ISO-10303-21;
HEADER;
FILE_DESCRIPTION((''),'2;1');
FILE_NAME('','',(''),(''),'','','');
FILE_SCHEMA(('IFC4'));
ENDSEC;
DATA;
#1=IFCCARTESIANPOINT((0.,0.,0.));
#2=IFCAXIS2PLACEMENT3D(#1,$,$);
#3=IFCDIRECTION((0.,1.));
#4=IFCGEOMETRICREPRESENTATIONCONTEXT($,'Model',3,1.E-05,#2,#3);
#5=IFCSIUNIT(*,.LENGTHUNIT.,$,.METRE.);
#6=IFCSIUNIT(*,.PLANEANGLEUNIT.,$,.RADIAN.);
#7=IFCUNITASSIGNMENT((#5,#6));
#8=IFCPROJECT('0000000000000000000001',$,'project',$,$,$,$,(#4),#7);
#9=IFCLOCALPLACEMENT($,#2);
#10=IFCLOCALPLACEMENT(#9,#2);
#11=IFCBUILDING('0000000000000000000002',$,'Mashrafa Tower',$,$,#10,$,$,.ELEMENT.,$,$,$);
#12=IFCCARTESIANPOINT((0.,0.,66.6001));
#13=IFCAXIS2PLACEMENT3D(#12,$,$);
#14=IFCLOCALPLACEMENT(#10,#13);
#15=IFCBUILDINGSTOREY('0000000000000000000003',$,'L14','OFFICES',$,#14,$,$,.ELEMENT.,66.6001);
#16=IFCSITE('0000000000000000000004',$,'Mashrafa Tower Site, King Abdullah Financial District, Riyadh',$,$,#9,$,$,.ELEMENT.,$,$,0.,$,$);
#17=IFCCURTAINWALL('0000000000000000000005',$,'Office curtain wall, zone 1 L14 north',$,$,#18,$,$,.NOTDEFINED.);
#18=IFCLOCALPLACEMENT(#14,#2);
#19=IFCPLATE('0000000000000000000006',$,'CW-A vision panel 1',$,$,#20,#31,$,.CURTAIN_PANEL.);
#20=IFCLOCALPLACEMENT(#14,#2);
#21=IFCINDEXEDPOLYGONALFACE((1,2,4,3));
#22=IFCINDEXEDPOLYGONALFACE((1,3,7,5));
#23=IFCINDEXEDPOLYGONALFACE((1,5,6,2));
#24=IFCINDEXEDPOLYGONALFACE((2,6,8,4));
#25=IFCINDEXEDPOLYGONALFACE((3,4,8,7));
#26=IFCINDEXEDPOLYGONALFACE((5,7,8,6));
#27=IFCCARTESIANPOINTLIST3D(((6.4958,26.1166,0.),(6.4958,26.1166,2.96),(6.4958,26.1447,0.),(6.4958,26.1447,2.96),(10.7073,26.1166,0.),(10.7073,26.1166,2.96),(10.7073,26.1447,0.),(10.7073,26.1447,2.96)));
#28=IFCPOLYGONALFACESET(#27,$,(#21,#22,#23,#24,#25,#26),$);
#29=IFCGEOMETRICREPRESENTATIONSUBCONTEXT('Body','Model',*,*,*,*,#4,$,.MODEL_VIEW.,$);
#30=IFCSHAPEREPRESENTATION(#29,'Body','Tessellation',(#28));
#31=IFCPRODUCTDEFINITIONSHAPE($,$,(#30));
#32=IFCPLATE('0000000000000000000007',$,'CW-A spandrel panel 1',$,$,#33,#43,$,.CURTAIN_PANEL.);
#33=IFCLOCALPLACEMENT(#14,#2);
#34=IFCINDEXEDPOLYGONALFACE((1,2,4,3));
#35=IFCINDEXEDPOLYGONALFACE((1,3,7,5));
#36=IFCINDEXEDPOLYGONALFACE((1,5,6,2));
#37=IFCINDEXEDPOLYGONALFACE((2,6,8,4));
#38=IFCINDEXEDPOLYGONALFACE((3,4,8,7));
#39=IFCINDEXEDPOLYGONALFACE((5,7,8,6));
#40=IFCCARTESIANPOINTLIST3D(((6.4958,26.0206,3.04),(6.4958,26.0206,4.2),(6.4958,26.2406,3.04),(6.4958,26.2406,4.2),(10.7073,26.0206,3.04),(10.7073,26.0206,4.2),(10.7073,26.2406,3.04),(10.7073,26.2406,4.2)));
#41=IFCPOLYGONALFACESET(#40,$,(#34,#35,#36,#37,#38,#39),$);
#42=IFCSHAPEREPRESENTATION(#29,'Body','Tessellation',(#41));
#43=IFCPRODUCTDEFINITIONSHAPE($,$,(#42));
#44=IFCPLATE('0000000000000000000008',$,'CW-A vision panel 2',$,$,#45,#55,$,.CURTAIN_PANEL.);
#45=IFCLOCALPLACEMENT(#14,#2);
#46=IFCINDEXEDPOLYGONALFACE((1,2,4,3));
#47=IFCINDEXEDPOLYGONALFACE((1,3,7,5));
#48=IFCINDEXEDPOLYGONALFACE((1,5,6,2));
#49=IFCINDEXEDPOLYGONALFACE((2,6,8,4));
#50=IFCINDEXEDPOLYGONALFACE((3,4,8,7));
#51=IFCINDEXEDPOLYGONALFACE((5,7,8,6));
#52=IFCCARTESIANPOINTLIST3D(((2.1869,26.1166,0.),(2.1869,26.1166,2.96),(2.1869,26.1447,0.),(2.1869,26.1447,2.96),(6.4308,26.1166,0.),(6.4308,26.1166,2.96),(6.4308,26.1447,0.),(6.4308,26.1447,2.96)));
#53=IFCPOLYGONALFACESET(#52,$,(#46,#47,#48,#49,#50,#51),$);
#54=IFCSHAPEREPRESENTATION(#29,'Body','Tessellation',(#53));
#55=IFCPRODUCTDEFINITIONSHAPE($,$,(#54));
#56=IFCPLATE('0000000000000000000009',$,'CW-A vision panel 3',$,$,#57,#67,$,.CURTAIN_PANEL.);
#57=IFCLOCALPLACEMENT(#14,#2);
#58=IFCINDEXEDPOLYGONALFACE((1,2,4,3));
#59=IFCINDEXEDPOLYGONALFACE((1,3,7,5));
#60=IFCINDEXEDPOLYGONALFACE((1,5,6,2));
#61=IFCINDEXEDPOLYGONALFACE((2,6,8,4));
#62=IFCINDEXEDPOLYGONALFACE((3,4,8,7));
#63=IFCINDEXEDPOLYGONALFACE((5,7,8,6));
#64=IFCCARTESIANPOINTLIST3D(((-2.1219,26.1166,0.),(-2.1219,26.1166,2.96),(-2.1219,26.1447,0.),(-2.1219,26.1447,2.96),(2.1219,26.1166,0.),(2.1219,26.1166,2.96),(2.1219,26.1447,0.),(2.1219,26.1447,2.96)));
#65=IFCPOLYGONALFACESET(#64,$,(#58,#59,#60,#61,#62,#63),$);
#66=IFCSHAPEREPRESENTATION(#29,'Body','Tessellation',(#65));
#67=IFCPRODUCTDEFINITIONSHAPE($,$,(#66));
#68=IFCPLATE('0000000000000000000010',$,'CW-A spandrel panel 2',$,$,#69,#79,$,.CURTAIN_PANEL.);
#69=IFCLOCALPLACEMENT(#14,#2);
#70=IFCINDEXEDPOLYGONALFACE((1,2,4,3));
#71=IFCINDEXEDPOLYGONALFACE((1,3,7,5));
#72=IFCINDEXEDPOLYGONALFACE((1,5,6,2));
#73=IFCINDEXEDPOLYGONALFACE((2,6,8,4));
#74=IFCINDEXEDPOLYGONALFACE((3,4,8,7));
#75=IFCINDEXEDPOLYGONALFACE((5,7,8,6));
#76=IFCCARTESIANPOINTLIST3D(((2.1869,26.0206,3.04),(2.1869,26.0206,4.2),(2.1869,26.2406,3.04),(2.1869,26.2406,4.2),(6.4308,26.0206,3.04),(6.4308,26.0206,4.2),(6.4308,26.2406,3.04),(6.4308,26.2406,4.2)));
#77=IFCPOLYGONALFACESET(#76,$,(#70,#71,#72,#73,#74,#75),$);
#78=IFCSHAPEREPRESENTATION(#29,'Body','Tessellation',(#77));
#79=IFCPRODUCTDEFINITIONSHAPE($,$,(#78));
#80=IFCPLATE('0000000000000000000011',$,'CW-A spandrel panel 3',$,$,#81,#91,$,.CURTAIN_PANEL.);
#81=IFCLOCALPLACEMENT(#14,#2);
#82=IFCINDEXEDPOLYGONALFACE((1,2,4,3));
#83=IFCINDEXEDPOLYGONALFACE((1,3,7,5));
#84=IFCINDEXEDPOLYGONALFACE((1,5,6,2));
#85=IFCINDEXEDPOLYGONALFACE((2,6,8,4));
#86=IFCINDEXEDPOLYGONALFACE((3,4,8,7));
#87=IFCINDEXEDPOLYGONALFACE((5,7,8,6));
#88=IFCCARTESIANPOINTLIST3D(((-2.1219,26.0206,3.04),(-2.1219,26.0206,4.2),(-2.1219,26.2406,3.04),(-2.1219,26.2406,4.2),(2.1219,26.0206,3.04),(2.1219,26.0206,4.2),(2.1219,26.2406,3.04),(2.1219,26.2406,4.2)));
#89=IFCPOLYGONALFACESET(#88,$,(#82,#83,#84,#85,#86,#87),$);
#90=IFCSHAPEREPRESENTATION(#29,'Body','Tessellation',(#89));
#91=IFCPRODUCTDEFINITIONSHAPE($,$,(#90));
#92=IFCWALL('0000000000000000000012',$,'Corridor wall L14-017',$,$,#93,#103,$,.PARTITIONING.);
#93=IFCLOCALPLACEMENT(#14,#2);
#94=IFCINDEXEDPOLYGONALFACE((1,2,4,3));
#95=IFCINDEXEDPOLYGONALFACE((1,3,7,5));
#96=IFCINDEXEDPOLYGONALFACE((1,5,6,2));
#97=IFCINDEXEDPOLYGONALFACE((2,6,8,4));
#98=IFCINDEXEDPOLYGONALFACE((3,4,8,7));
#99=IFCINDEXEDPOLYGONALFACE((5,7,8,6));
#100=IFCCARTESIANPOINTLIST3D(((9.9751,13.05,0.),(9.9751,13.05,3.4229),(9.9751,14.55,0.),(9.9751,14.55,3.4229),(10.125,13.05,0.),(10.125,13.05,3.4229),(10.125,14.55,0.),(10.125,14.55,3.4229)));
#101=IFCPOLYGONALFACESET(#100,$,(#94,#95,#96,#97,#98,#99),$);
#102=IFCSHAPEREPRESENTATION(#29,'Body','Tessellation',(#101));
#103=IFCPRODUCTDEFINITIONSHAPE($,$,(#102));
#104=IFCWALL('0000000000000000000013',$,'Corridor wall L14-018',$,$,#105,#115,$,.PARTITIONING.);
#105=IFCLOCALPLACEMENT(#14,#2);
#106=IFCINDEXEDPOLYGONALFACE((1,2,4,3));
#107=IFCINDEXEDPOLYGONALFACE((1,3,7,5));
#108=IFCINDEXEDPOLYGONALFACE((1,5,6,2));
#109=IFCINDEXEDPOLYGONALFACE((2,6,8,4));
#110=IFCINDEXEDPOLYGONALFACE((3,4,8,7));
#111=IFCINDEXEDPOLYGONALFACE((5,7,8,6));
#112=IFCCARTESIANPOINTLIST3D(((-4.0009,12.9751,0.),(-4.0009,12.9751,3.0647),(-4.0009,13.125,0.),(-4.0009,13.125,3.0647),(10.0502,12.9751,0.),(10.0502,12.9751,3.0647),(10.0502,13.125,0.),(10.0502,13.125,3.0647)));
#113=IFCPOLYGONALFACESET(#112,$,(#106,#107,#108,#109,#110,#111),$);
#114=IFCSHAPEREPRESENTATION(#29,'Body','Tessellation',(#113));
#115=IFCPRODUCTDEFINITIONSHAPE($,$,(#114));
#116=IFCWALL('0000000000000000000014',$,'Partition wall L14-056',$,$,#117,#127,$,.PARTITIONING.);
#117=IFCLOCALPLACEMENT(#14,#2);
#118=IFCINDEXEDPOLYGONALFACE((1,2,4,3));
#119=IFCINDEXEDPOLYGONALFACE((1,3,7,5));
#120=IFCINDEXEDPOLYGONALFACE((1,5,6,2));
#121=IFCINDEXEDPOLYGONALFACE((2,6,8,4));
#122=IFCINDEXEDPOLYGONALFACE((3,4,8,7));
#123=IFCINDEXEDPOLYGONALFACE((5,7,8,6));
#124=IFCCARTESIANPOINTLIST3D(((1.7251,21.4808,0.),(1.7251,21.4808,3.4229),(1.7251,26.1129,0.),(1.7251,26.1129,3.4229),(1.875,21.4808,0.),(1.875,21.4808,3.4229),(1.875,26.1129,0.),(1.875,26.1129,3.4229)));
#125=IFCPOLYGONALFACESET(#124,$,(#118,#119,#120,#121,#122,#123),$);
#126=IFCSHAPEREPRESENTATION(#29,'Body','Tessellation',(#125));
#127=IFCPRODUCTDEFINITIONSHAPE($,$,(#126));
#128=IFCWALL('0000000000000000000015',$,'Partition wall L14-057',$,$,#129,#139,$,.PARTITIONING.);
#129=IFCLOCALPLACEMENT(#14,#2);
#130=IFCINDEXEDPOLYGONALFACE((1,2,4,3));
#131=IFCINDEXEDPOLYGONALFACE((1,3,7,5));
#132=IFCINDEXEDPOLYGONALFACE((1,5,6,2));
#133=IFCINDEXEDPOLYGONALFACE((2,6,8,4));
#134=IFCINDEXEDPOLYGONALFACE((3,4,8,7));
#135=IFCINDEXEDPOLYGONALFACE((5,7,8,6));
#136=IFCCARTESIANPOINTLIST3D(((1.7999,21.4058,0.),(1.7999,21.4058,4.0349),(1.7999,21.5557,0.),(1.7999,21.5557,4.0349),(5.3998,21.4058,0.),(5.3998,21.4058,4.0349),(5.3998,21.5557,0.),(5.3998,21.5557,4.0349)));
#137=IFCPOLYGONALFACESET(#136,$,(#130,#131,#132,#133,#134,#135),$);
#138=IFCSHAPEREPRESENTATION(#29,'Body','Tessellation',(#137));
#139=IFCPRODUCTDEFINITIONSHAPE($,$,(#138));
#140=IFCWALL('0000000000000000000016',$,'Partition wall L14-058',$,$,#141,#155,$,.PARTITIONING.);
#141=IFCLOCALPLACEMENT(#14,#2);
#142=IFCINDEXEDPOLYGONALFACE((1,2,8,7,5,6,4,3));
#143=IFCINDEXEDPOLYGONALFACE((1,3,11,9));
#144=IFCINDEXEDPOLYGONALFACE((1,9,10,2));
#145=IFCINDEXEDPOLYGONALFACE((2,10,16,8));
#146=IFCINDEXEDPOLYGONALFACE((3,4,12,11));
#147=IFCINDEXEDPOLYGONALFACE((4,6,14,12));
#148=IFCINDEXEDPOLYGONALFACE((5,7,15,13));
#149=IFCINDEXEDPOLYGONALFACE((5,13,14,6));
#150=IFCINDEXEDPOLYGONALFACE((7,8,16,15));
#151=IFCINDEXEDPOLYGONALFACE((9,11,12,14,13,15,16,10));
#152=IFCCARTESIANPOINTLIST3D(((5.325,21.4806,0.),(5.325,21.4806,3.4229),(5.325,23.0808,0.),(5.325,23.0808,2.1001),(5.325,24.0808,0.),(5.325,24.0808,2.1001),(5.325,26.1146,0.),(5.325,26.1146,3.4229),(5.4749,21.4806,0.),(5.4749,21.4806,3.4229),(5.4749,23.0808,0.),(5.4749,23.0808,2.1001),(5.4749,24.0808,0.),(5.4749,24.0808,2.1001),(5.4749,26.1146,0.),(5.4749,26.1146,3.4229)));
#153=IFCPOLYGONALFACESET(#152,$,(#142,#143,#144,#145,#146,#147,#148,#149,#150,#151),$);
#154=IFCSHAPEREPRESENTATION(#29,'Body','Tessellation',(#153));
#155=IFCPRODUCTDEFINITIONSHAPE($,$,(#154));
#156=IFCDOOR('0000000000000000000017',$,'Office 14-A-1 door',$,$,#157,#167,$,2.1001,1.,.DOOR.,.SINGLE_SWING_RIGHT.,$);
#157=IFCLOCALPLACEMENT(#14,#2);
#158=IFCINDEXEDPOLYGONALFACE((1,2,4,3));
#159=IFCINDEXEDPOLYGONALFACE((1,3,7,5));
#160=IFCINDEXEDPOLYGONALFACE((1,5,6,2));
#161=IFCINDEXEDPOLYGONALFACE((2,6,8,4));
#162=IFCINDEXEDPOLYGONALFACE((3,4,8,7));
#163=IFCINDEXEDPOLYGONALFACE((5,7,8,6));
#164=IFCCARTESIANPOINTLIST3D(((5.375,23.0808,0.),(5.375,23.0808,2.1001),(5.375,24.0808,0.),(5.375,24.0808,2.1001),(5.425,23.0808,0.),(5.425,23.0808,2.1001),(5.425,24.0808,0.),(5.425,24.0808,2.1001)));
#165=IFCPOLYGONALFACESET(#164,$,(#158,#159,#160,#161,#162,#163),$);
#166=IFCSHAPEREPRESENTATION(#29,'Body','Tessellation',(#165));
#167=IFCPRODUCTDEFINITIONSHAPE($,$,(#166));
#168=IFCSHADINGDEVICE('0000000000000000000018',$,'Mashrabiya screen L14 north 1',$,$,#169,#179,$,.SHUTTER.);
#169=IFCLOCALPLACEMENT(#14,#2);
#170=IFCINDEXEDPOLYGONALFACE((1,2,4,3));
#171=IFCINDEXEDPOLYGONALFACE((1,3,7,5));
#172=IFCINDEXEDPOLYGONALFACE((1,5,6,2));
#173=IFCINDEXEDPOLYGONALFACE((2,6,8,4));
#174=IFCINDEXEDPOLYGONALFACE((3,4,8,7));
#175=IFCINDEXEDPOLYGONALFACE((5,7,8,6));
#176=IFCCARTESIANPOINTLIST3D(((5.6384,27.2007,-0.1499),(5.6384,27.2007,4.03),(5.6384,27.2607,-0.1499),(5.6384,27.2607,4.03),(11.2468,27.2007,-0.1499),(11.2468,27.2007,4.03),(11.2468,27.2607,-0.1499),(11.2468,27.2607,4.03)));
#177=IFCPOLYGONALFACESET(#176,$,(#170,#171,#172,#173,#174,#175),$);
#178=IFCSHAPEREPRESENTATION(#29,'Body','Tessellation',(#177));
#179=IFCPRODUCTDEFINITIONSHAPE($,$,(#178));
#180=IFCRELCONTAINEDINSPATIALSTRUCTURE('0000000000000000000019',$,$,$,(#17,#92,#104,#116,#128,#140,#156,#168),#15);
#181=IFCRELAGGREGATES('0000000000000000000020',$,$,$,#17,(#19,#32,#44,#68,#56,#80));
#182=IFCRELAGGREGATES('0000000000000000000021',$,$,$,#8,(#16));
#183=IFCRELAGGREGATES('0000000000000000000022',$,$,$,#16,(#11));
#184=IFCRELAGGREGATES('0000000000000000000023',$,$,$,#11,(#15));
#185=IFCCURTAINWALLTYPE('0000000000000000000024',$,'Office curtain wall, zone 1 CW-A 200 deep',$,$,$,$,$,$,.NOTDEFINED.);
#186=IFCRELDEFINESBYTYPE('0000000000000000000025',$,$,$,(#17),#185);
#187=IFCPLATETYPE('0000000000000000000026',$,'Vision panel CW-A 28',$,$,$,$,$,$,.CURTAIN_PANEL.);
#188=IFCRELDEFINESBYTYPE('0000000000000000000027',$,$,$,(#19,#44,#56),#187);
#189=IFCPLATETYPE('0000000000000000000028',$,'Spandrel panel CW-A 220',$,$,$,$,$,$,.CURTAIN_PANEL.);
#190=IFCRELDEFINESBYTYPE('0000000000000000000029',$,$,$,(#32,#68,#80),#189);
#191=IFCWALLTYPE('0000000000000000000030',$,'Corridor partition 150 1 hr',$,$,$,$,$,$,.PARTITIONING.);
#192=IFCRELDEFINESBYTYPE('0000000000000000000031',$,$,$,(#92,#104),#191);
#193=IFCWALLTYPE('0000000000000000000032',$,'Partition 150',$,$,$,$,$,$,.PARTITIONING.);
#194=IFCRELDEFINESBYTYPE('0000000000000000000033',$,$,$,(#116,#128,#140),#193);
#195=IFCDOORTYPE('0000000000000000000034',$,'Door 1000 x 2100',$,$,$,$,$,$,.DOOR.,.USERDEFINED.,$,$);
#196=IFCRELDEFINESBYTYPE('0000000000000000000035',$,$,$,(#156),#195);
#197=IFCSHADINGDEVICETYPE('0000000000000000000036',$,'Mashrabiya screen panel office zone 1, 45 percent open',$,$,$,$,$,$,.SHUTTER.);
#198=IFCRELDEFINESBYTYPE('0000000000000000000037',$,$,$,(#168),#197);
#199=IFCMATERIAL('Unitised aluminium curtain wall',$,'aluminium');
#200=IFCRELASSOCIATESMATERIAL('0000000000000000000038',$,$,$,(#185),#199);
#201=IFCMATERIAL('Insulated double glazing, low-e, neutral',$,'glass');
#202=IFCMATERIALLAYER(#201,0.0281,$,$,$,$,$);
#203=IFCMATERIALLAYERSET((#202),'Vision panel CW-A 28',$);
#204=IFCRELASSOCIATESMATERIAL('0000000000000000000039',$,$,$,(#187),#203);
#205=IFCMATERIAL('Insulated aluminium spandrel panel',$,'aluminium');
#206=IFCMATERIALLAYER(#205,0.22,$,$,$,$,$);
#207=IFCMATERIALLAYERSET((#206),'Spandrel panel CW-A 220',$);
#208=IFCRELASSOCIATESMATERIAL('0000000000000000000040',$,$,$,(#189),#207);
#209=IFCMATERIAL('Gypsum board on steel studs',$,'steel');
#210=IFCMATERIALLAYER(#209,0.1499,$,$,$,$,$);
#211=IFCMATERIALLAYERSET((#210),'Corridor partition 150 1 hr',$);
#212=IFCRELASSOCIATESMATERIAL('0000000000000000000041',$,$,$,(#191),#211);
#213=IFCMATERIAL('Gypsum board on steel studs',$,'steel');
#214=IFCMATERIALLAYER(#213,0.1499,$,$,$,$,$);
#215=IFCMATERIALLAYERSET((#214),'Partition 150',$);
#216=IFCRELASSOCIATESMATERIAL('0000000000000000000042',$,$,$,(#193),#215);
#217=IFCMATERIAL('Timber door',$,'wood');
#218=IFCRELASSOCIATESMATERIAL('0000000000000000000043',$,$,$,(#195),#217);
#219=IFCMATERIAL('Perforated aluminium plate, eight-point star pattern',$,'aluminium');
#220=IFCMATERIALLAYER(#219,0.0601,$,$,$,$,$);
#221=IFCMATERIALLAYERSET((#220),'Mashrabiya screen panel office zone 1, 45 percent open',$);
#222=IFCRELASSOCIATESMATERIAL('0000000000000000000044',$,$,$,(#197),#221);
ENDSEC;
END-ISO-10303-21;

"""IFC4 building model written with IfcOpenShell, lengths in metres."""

from ifc_helpers import new_model, si_unit, direction, frame, frame_2d, origin, origin_2d, place, context, subcontext, project, spatial, rectangle, extrude, source, transform, mapped, material, layer, layer_set, type_object, type_shapes, element, fill, aggregate, save


model = new_model("IFC4")

# Units and contexts
model_context = context("Model", 3, precision=1e-05, world=origin(), true_north=direction((0.0, 1.0)))
body_context = subcontext(model_context, "Body", "Model", "MODEL_VIEW")
ifc_project = project(units=[si_unit("LENGTHUNIT", "METRE"), si_unit("PLANEANGLEUNIT", "RADIAN")], contexts=[model_context])

# Site, building, storey
site_placement = place(None, origin())
site = spatial("IfcSite", under=ifc_project, at=site_placement, Name="Mashrafa Tower Site, King Abdullah Financial District, Riyadh", CompositionType="ELEMENT", RefElevation=0.0)
building_placement = place(site_placement, origin())
building = spatial("IfcBuilding", under=site, at=building_placement, Name="Mashrafa Tower", CompositionType="ELEMENT")
storey_placement = place(building_placement, frame((0.0, 0.0, 66.6001)))
storey = spatial("IfcBuildingStorey", under=building, at=storey_placement, Name="L14", Description="OFFICES", CompositionType="ELEMENT", Elevation=66.6001)

# Shared definitions
ifc_material_1 = material(Name="Unitised aluminium curtain wall", Category="aluminium")
curtain_wall_type = type_object("IfcCurtainWallType", Name="Office curtain wall, zone 1 CW-A 200 deep", PredefinedType="NOTDEFINED", material=ifc_material_1)

# Curtain wall, plates
curtain_wall_1_placement = place(storey_placement, origin())
curtain_wall_1 = element("IfcCurtainWall", 1, at=curtain_wall_1_placement, inside=storey, type_object=curtain_wall_type, Name="Office curtain wall, zone 1 L14 north", PredefinedType="NOTDEFINED")
ifc_material_2 = material(Name="Insulated double glazing, low-e, neutral", Category="glass")
ifc_layer_1 = layer(ifc_material_2, 0.0281)
ifc_layer_set_1 = layer_set([ifc_layer_1], Name="Vision panel CW-A 28")
plate_type_1 = type_object("IfcPlateType", Name="Vision panel CW-A 28", PredefinedType="CURTAIN_PANEL", material=ifc_layer_set_1)
shared_shape_1 = source(origin(), body_context, "Body", "SweptSolid", [
    extrude(rectangle(XDim=4.2114, YDim=0.0281, at=origin_2d()), origin(), (0.0, 0.0, 1.0), 2.96),
])
plate_1_placement = place(storey_placement, frame((8.6016, 26.1306, 0.0), z_axis=(0.0, 0.0, 1.0), x_axis=(-1.0, 0.0, 0.0)))
plate_1 = element("IfcPlate", 2, at=plate_1_placement, type_object=plate_type_1, Name="CW-A vision panel 1", PredefinedType="CURTAIN_PANEL", context=body_context, shape_type="MappedRepresentation", body=[
    mapped(shared_shape_1, transform((0.0, 0.0, 0.0))),
])
ifc_material_3 = material(Name="Insulated aluminium spandrel panel", Category="aluminium")
ifc_layer_2 = layer(ifc_material_3, 0.22)
ifc_layer_set_2 = layer_set([ifc_layer_2], Name="Spandrel panel CW-A 220")
plate_type_2 = type_object("IfcPlateType", Name="Spandrel panel CW-A 220", PredefinedType="CURTAIN_PANEL", material=ifc_layer_set_2)
shared_shape_2 = source(origin(), body_context, "Body", "SweptSolid", [
    extrude(rectangle(XDim=4.2114, YDim=0.22, at=origin_2d()), origin(), (0.0, 0.0, 1.0), 1.1599),
])
plate_2_placement = place(storey_placement, frame((8.6016, 26.1306, 3.04), z_axis=(0.0, 0.0, 1.0), x_axis=(-1.0, 0.0, 0.0)))
plate_2 = element("IfcPlate", 3, at=plate_2_placement, type_object=plate_type_2, Name="CW-A spandrel panel 1", PredefinedType="CURTAIN_PANEL", context=body_context, shape_type="MappedRepresentation", body=[
    mapped(shared_shape_2, transform((0.0, 0.0, 0.0))),
])
shared_shape_3 = source(origin(), body_context, "Body", "SweptSolid", [
    extrude(rectangle(XDim=4.2439, YDim=0.0281, at=origin_2d()), origin(), (0.0, 0.0, 1.0), 2.96),
])
type_shapes(plate_type_1, [shared_shape_1, shared_shape_3])
plate_3_placement = place(storey_placement, frame((4.3088, 26.1306, 0.0), z_axis=(0.0, 0.0, 1.0), x_axis=(-1.0, 0.0, 0.0)))
plate_3 = element("IfcPlate", 4, at=plate_3_placement, type_object=plate_type_1, Name="CW-A vision panel 2", PredefinedType="CURTAIN_PANEL", context=body_context, shape_type="MappedRepresentation", body=[
    mapped(shared_shape_3, transform((0.0, 0.0, 0.0))),
])
plate_4_placement = place(storey_placement, frame((0.0, 26.1306, 0.0), z_axis=(0.0, 0.0, 1.0), x_axis=(-1.0, 0.0, 0.0)))
plate_4 = element("IfcPlate", 5, at=plate_4_placement, type_object=plate_type_1, Name="CW-A vision panel 3", PredefinedType="CURTAIN_PANEL", context=body_context, shape_type="MappedRepresentation", body=[
    mapped(shared_shape_3, transform((0.0, 0.0, 0.0))),
])
shared_shape_4 = source(origin(), body_context, "Body", "SweptSolid", [
    extrude(rectangle(XDim=4.2439, YDim=0.22, at=origin_2d()), origin(), (0.0, 0.0, 1.0), 1.1599),
])
type_shapes(plate_type_2, [shared_shape_2, shared_shape_4])
plate_5_placement = place(storey_placement, frame((4.3088, 26.1306, 3.04), z_axis=(0.0, 0.0, 1.0), x_axis=(-1.0, 0.0, 0.0)))
plate_5 = element("IfcPlate", 6, at=plate_5_placement, type_object=plate_type_2, Name="CW-A spandrel panel 2", PredefinedType="CURTAIN_PANEL", context=body_context, shape_type="MappedRepresentation", body=[
    mapped(shared_shape_4, transform((0.0, 0.0, 0.0))),
])
plate_6_placement = place(storey_placement, frame((0.0, 26.1306, 3.04), z_axis=(0.0, 0.0, 1.0), x_axis=(-1.0, 0.0, 0.0)))
plate_6 = element("IfcPlate", 7, at=plate_6_placement, type_object=plate_type_2, Name="CW-A spandrel panel 3", PredefinedType="CURTAIN_PANEL", context=body_context, shape_type="MappedRepresentation", body=[
    mapped(shared_shape_4, transform((0.0, 0.0, 0.0))),
])
aggregate(curtain_wall_1, [plate_1, plate_2, plate_3, plate_5, plate_4, plate_6])

# Walls
ifc_material_4 = material(Name="Gypsum board on steel studs", Category="steel")
ifc_layer_3 = layer(ifc_material_4, 0.1499)
ifc_layer_set_3 = layer_set([ifc_layer_3], Name="Corridor partition 150 1 hr")
wall_type_1 = type_object("IfcWallType", Name="Corridor partition 150 1 hr", PredefinedType="PARTITIONING", material=ifc_layer_set_3)
wall_1_placement = place(storey_placement, frame((10.05, 14.55, 0.0), z_axis=(0.0, 0.0, 1.0), x_axis=(0.0, -1.0, 0.0)))
element("IfcWall", 8, at=wall_1_placement, inside=storey, type_object=wall_type_1, Name="Corridor wall L14-017", PredefinedType="PARTITIONING", context=body_context, shape_type="SweptSolid", body=[
    extrude(rectangle(XDim=1.5, YDim=0.1499, at=frame_2d((0.75, 0.0))), origin(), (0.0, 0.0, 1.0), 3.4229),
])
wall_2_placement = place(storey_placement, frame((10.05, 13.05, 0.0), z_axis=(0.0, 0.0, 1.0), x_axis=(-1.0, 0.0, 0.0)))
element("IfcWall", 9, at=wall_2_placement, inside=storey, type_object=wall_type_1, Name="Corridor wall L14-018", PredefinedType="PARTITIONING", context=body_context, shape_type="SweptSolid", body=[
    extrude(rectangle(XDim=14.051, YDim=0.1499, at=frame_2d((7.0254, 0.0))), origin(), (0.0, 0.0, 1.0), 3.0647),
])
ifc_material_5 = material(Name="Gypsum board on steel studs", Category="steel")
ifc_layer_4 = layer(ifc_material_5, 0.1499)
ifc_layer_set_4 = layer_set([ifc_layer_4], Name="Partition 150")
wall_type_2 = type_object("IfcWallType", Name="Partition 150", PredefinedType="PARTITIONING", material=ifc_layer_set_4)
wall_3_placement = place(storey_placement, frame((1.8, 26.1128, 0.0), z_axis=(0.0, 0.0, 1.0), x_axis=(0.0, -1.0, 0.0)))
element("IfcWall", 10, at=wall_3_placement, inside=storey, type_object=wall_type_2, Name="Partition wall L14-056", PredefinedType="PARTITIONING", context=body_context, shape_type="SweptSolid", body=[
    extrude(rectangle(XDim=4.6321, YDim=0.1499, at=frame_2d((2.3159, 0.0))), origin(), (0.0, 0.0, 1.0), 3.4229),
])
wall_4_placement = place(storey_placement, frame((1.8, 21.4807, 0.0), z_axis=(0.0, 0.0, 1.0), x_axis=(1.0, 0.0, 0.0)))
element("IfcWall", 11, at=wall_4_placement, inside=storey, type_object=wall_type_2, Name="Partition wall L14-057", PredefinedType="PARTITIONING", context=body_context, shape_type="SweptSolid", body=[
    extrude(rectangle(XDim=3.5999, YDim=0.1499, at=frame_2d((1.7998, 0.0))), origin(), (0.0, 0.0, 1.0), 4.0349),
])

# Wall, opening, door
wall_5_placement = place(storey_placement, frame((5.3999, 21.4807, 0.0), z_axis=(0.0, 0.0, 1.0), x_axis=(0.0, 1.0, 0.0)))
wall_5 = element("IfcWall", 12, at=wall_5_placement, inside=storey, type_object=wall_type_2, Name="Partition wall L14-058", PredefinedType="PARTITIONING", context=body_context, shape_type="SweptSolid", body=[
    extrude(rectangle(XDim=4.634, YDim=0.1499, at=frame_2d((2.3169, 0.0))), origin(), (0.0, 0.0, 1.0), 3.4229),
])
opening_placement = place(wall_5_placement, frame((1.6001, 0.0, 0.0)))
opening = element("IfcOpeningElement", 13, at=opening_placement, cuts=wall_5, PredefinedType="OPENING", context=body_context, shape_type="SweptSolid", body=[
    extrude(rectangle(XDim=1.0, YDim=2.1001, at=frame_2d((0.5, 1.05))), frame((0.0, 0.085, 0.0), z_axis=(0.0, -1.0, 0.0), x_axis=(1.0, 0.0, 0.0)), (0.0, 0.0, 1.0), 0.1699),
])
ifc_material_6 = material(Name="Timber door", Category="wood")
door_type = type_object("IfcDoorType", Name="Door 1000 x 2100", OperationType="USERDEFINED", PredefinedType="DOOR", material=ifc_material_6)
door_placement = place(opening_placement, origin())
door = element("IfcDoor", 14, at=door_placement, inside=storey, type_object=door_type, Name="Office 14-A-1 door", OperationType="SINGLE_SWING_RIGHT", OverallHeight=2.1001, OverallWidth=1.0, PredefinedType="DOOR", context=body_context, shape_type="SweptSolid", body=[
    extrude(rectangle(XDim=1.0, YDim=2.1001, at=frame_2d((0.5, 1.05))), frame((0.0, 0.0249, 0.0), z_axis=(0.0, -1.0, 0.0), x_axis=(1.0, 0.0, 0.0)), (0.0, 0.0, 1.0), 0.05),
])
fill(opening, door)

# Shading device
ifc_material_7 = material(Name="Perforated aluminium plate, eight-point star pattern", Category="aluminium")
ifc_layer_5 = layer(ifc_material_7, 0.0601)
ifc_layer_set_5 = layer_set([ifc_layer_5], Name="Mashrabiya screen panel office zone 1, 45 percent open")
shading_device_type = type_object("IfcShadingDeviceType", Name="Mashrabiya screen panel office zone 1, 45 percent open", PredefinedType="SHUTTER", material=ifc_layer_set_5)
shared_shape_5 = source(origin(), body_context, "Body", "SweptSolid", [
    extrude(rectangle(XDim=5.6084, YDim=0.0601, at=origin_2d()), origin(), (0.0, 0.0, 1.0), 4.1799),
])
type_shapes(shading_device_type, [shared_shape_5])
for number, where, z_axis, x_axis, name in (
    (15, (8.4426, 27.2307, -0.1499), (0.0, 0.0, 1.0), (-1.0, 0.0, 0.0), "Mashrabiya screen L14 north 1"),
):
    element("IfcShadingDevice", number, at=place(storey_placement, frame(where, z_axis=z_axis, x_axis=x_axis)), inside=storey, type_object=shading_device_type, Name=name, PredefinedType="SHUTTER", context=body_context, shape_type="MappedRepresentation", body=[
        mapped(shared_shape_5, transform((0.0, 0.0, 0.0))),
    ])

save(model, "model.ifc")
